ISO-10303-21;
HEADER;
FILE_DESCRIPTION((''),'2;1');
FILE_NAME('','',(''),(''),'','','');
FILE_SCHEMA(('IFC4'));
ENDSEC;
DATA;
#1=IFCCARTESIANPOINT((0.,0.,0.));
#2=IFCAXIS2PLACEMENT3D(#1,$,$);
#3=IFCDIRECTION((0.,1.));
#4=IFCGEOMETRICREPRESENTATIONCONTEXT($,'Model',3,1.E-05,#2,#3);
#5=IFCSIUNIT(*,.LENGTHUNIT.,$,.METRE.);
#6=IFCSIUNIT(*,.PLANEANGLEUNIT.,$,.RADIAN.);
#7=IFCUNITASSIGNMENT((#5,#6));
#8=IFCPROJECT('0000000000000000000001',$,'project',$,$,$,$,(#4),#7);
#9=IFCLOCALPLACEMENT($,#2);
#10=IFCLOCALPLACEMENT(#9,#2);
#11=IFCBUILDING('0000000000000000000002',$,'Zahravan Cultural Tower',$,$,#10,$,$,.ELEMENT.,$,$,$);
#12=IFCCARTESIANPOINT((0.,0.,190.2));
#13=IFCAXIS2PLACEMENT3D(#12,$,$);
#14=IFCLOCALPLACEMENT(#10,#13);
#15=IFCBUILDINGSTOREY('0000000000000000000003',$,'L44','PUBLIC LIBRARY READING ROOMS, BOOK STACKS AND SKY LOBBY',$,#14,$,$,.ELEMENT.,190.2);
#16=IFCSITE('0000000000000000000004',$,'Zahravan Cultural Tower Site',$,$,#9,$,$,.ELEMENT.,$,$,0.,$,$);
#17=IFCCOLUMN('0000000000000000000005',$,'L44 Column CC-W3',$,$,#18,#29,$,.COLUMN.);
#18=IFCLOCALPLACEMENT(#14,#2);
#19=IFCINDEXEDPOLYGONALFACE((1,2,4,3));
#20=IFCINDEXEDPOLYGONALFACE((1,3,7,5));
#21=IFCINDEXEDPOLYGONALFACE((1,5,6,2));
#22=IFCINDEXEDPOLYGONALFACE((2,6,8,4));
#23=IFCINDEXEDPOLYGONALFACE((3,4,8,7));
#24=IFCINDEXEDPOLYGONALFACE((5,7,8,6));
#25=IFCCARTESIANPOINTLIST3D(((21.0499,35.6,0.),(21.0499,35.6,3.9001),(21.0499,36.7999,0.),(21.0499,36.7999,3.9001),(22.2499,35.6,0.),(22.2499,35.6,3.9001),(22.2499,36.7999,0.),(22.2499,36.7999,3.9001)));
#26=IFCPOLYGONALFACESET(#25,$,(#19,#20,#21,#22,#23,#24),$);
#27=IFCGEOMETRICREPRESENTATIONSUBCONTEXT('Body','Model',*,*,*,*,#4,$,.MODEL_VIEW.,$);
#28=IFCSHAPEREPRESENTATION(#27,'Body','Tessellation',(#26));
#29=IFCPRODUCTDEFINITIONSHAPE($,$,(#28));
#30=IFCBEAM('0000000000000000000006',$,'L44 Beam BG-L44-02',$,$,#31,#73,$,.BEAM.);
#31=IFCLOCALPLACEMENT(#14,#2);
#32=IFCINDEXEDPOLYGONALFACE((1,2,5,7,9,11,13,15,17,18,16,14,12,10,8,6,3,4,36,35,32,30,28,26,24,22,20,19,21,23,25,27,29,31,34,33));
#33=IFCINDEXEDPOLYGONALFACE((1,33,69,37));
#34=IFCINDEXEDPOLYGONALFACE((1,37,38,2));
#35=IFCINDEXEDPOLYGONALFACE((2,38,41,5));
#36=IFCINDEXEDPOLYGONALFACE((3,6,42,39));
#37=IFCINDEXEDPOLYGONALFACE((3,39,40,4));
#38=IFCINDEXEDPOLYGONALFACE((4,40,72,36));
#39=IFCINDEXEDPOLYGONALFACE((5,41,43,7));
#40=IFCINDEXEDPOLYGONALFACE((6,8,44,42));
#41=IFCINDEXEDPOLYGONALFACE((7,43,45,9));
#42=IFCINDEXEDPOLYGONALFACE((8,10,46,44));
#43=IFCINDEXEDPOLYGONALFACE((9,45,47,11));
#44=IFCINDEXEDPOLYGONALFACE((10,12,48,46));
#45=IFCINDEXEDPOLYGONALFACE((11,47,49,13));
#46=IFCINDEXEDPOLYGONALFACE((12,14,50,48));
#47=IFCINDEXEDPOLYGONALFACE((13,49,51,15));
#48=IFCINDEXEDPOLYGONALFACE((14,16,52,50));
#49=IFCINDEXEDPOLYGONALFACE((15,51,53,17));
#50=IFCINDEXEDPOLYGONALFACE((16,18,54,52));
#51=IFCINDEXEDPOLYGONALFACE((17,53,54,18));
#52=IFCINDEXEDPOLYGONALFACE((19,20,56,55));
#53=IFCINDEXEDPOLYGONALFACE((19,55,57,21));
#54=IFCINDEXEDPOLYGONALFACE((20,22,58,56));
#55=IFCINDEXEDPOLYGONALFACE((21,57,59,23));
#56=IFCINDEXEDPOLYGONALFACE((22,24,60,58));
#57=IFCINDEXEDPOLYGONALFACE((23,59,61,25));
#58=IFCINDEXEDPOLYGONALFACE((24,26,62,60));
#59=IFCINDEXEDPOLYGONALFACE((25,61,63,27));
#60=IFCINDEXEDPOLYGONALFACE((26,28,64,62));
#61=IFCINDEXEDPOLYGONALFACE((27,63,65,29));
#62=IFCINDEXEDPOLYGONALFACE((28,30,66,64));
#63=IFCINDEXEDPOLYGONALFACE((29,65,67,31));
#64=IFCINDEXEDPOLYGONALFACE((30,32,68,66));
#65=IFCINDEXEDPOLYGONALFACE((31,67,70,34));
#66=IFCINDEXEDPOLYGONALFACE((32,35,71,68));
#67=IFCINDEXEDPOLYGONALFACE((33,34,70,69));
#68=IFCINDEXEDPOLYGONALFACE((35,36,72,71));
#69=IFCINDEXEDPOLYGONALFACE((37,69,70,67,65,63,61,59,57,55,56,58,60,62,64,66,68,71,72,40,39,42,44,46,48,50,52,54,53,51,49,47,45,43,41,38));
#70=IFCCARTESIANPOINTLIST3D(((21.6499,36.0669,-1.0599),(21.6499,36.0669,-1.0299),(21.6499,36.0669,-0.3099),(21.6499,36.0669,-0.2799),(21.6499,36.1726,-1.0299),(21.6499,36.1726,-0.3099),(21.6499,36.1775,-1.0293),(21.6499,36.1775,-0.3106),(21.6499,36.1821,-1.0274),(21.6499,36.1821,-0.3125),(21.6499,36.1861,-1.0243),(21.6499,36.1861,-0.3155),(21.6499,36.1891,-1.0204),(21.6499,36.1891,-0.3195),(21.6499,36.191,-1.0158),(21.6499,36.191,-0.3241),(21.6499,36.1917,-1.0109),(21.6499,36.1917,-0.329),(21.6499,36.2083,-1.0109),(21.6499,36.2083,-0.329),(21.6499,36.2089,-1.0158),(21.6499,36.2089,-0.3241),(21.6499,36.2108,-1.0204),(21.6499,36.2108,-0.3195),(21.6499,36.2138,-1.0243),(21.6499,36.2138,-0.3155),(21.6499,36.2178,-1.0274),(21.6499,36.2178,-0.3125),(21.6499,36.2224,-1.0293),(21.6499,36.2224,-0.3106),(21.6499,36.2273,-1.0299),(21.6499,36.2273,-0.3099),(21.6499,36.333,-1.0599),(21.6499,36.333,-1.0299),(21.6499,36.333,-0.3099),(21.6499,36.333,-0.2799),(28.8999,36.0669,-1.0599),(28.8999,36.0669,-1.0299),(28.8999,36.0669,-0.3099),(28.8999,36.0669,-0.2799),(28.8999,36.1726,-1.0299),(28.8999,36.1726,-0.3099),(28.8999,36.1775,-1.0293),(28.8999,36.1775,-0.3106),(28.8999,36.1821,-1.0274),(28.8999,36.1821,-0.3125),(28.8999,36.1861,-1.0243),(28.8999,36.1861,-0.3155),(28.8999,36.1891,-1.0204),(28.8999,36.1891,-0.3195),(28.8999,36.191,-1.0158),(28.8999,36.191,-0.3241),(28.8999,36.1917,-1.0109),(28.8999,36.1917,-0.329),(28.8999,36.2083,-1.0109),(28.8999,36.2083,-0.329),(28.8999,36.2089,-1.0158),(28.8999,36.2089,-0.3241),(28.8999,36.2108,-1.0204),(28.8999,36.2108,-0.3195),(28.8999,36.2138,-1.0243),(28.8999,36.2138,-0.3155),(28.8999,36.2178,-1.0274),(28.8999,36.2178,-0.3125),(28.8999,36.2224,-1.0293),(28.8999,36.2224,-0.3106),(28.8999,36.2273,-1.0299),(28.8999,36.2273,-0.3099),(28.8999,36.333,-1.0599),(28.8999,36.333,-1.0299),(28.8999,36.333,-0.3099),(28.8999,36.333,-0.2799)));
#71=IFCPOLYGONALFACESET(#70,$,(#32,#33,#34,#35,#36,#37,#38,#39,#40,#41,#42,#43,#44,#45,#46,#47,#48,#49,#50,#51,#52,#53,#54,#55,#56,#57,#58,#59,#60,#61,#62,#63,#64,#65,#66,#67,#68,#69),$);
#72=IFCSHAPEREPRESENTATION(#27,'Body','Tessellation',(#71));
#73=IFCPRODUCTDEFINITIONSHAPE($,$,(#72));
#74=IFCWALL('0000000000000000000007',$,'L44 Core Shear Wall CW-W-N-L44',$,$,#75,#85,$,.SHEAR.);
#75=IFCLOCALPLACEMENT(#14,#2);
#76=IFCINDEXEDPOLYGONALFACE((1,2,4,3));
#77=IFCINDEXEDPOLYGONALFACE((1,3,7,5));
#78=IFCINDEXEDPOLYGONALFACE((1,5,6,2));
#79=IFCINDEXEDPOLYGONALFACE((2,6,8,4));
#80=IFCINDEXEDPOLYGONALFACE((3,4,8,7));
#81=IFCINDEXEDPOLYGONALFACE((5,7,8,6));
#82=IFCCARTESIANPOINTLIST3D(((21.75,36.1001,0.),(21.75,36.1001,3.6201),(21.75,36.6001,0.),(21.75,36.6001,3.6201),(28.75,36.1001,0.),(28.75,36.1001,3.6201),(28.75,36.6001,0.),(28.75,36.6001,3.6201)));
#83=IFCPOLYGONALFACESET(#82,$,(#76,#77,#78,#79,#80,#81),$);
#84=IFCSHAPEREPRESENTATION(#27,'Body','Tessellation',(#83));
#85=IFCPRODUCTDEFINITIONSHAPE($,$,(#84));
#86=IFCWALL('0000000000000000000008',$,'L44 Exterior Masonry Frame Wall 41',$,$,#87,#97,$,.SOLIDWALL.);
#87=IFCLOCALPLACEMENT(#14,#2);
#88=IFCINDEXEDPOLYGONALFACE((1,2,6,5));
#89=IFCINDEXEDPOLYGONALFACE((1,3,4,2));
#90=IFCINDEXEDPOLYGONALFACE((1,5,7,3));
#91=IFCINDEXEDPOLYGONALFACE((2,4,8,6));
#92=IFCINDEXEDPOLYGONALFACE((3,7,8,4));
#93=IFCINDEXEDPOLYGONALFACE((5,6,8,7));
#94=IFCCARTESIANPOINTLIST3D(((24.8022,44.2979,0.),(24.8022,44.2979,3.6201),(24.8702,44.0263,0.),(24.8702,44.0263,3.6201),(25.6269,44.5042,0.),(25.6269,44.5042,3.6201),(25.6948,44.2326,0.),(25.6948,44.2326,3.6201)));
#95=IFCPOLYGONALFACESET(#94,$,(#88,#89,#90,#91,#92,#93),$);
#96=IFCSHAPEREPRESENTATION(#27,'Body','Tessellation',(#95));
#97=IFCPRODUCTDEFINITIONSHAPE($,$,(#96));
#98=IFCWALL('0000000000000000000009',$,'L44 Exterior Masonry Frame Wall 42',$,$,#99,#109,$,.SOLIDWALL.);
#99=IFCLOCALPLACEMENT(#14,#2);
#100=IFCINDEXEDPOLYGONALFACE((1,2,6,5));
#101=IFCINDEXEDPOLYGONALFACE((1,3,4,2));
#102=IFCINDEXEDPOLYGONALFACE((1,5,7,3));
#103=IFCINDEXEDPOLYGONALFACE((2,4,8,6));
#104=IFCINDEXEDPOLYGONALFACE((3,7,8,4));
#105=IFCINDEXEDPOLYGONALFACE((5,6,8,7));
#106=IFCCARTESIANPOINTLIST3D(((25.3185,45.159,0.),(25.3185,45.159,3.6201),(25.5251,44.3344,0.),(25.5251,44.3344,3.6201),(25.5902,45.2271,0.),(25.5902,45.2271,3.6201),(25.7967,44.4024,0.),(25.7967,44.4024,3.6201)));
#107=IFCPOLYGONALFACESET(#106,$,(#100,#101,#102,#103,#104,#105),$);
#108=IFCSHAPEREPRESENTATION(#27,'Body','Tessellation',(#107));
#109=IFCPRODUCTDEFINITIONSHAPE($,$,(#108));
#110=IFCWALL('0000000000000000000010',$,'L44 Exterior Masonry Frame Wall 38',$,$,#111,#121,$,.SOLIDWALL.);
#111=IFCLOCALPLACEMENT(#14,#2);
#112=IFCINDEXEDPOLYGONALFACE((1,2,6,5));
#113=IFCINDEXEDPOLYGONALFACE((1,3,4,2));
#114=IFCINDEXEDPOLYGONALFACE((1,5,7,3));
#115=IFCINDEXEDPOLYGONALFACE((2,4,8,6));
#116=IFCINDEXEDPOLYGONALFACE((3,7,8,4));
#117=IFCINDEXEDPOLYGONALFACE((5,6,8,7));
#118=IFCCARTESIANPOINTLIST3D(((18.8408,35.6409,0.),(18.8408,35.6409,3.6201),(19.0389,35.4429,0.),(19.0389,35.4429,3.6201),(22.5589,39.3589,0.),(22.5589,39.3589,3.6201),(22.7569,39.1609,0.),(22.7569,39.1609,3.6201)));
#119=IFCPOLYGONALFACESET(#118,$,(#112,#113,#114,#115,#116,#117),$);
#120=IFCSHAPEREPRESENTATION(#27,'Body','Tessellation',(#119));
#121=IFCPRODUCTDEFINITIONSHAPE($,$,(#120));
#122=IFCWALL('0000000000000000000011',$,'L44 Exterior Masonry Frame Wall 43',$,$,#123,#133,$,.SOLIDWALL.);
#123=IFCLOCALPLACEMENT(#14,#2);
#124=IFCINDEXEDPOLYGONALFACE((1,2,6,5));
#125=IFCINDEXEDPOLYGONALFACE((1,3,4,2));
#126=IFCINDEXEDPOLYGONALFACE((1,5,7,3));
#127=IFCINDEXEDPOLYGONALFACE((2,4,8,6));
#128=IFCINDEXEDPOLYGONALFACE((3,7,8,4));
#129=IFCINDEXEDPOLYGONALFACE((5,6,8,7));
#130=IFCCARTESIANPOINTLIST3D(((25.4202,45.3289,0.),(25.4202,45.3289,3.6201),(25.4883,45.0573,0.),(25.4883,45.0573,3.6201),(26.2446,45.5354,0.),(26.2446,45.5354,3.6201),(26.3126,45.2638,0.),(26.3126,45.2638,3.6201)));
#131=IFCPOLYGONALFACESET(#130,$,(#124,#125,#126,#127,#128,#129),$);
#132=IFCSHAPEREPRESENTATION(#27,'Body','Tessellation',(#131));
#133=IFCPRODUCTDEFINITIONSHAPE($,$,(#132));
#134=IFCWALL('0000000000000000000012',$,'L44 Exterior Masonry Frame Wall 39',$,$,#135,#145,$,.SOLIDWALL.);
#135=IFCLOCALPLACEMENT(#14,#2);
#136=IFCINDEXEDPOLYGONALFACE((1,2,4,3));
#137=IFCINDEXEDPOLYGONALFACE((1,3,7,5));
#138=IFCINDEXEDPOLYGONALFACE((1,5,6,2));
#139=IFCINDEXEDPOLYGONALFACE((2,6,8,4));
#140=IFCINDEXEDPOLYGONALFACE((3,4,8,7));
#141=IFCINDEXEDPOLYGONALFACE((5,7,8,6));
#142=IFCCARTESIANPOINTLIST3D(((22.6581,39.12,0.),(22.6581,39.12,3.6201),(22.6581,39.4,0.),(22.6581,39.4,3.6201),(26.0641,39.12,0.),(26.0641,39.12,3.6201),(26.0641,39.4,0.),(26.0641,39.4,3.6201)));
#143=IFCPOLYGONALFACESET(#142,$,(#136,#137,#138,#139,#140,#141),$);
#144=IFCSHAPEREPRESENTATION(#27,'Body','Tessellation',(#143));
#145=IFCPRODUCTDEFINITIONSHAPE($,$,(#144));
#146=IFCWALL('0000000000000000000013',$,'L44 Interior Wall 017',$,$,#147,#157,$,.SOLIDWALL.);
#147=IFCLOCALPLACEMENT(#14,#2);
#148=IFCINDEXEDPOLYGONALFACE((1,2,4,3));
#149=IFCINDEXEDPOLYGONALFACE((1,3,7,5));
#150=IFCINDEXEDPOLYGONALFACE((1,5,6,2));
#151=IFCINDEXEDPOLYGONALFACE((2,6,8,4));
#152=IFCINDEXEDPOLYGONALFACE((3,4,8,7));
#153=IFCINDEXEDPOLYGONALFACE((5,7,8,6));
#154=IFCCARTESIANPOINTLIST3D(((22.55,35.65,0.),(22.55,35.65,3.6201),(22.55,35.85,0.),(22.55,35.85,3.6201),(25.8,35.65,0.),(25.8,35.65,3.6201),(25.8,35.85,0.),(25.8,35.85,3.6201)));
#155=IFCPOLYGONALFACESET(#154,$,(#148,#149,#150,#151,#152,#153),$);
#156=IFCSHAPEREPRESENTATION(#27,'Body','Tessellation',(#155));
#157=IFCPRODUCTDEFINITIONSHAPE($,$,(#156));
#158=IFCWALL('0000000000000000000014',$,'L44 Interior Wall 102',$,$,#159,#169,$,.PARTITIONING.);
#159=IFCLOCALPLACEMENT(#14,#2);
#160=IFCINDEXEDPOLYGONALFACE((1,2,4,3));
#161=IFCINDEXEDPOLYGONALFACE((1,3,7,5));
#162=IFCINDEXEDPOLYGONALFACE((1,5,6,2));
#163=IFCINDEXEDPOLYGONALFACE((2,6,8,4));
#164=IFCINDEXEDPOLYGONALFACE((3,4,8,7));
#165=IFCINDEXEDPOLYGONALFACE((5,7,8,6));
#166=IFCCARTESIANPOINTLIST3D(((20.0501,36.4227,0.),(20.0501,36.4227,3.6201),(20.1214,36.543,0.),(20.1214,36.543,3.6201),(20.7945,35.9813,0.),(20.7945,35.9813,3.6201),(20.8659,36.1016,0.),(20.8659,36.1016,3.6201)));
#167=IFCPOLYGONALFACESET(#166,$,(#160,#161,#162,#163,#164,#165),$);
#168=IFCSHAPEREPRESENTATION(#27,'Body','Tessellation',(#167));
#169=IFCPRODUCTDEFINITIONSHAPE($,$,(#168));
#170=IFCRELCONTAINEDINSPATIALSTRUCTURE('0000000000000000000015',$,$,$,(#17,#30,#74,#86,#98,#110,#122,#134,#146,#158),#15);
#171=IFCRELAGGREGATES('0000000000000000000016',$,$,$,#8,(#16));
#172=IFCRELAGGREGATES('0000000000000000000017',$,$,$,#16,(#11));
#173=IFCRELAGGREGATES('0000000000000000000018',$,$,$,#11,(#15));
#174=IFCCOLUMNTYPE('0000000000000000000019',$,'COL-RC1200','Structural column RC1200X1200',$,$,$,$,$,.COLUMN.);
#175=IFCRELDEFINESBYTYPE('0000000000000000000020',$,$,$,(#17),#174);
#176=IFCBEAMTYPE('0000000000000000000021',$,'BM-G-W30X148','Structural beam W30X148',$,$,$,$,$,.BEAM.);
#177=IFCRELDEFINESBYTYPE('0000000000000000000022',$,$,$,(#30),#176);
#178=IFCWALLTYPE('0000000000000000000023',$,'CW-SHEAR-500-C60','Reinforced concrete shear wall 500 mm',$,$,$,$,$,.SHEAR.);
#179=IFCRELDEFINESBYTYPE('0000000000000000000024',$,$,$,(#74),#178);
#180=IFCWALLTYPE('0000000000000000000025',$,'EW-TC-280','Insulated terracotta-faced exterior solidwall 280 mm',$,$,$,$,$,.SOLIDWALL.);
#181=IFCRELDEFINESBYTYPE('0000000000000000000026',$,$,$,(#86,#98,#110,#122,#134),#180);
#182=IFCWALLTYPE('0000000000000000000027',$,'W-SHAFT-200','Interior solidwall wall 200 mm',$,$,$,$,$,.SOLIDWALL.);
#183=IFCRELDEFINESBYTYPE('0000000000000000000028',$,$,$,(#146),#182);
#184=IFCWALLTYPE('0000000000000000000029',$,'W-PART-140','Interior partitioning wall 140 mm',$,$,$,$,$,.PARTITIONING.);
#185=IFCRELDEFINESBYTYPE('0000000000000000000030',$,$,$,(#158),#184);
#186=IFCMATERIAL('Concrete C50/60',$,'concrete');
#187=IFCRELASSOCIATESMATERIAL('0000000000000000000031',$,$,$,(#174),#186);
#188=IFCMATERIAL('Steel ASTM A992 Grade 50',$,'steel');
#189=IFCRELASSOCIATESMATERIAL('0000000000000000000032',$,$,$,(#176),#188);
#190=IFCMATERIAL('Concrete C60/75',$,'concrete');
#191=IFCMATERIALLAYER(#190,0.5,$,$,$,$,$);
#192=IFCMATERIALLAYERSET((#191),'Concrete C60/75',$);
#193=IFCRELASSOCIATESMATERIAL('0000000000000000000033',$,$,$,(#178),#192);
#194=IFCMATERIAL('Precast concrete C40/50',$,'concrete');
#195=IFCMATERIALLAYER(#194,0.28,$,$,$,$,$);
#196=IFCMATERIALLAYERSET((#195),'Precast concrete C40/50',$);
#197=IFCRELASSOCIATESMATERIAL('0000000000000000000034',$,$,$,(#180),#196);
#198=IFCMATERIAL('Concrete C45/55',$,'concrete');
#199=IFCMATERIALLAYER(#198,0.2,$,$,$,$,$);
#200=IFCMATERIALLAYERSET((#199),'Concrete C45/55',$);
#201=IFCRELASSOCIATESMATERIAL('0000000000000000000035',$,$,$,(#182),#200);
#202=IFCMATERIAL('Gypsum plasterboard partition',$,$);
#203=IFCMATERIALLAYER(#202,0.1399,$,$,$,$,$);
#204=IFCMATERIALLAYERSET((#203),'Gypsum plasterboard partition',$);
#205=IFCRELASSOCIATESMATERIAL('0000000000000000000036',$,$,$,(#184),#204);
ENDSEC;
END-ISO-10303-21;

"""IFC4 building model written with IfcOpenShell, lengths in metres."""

from ifc_helpers import new_model, si_unit, direction, frame, frame_2d, origin, origin_2d, place, context, subcontext, project, spatial, rectangle, i_section, extrude, source, transform, mapped, material, layer, layer_set, material_profile, profile_set, type_object, element, save


model = new_model("IFC4")

# Units and contexts
model_context = context("Model", 3, precision=1e-05, world=origin(), true_north=direction((0.0, 1.0)))
body_context = subcontext(model_context, "Body", "Model", "MODEL_VIEW")
ifc_project = project(units=[si_unit("LENGTHUNIT", "METRE"), si_unit("PLANEANGLEUNIT", "RADIAN")], contexts=[model_context])

# Site, building, storey
site_placement = place(None, origin())
site = spatial("IfcSite", under=ifc_project, at=site_placement, Name="Zahravan Cultural Tower Site", CompositionType="ELEMENT", RefElevation=0.0)
building_placement = place(site_placement, origin())
building = spatial("IfcBuilding", under=site, at=building_placement, Name="Zahravan Cultural Tower", CompositionType="ELEMENT")
storey_placement = place(building_placement, frame((0.0, 0.0, 190.2)))
storey = spatial("IfcBuildingStorey", under=building, at=storey_placement, Name="L44", Description="PUBLIC LIBRARY READING ROOMS, BOOK STACKS AND SKY LOBBY", CompositionType="ELEMENT", Elevation=190.2)

# Column
ifc_material_1 = material(Name="Concrete C50/60", Category="concrete")
ifc_material_profile_1 = material_profile(ifc_material_1, rectangle(XDim=1.2, YDim=1.2, at=origin_2d()), Name="RC1200X1200")
ifc_profile_set_1 = profile_set([ifc_material_profile_1], Name="Concrete C50/60")
column_type = type_object("IfcColumnType", Name="COL-RC1200", Description="Structural column RC1200X1200", PredefinedType="COLUMN", material=ifc_profile_set_1)
shared_shape_1 = source(origin(), body_context, "Body", "SweptSolid", [
    extrude(rectangle(XDim=1.2, YDim=1.2, at=origin_2d()), origin(), (0.0, 0.0, 1.0), 3.9001),
])
column_placement = place(storey_placement, frame((21.6499, 36.2, 0.0), z_axis=(0.0, 0.0, 1.0), x_axis=(1.0, 0.0, 0.0)))
element("IfcColumn", 1, at=column_placement, inside=storey, type_object=column_type, Name="L44 Column CC-W3", PredefinedType="COLUMN", context=body_context, shape_type="MappedRepresentation", body=[
    mapped(shared_shape_1, transform((0.0, 0.0, 0.0), x_axis=(1.0, 0.0, 0.0), y_axis=(0.0, 1.0, 0.0), z_axis=(0.0, 0.0, 1.0), scale=1.0)),
])

# Beam
ifc_material_2 = material(Name="Steel ASTM A992 Grade 50", Category="steel")
ifc_material_profile_2 = material_profile(ifc_material_2, i_section(OverallWidth=0.2661, OverallDepth=0.78, WebThickness=0.0166, FlangeThickness=0.03, FilletRadius=0.019, at=origin_2d()), Name="W30X148")
ifc_profile_set_2 = profile_set([ifc_material_profile_2], Name="Steel ASTM A992 Grade 50")
beam_type = type_object("IfcBeamType", Name="BM-G-W30X148", Description="Structural beam W30X148", PredefinedType="BEAM", material=ifc_profile_set_2)
shared_shape_2 = source(origin(), body_context, "Body", "SweptSolid", [
    extrude(i_section(OverallWidth=0.2661, OverallDepth=0.78, WebThickness=0.0166, FlangeThickness=0.03, FilletRadius=0.019, at=origin_2d()), origin(), (0.0, 0.0, 1.0), 7.25),
])
beam_placement = place(storey_placement, frame((21.6499, 36.2, -0.6699), z_axis=(1.0, 0.0, 0.0), x_axis=(0.0, 1.0, 0.0)))
element("IfcBeam", 2, at=beam_placement, inside=storey, type_object=beam_type, Name="L44 Beam BG-L44-02", PredefinedType="BEAM", context=body_context, shape_type="MappedRepresentation", body=[
    mapped(shared_shape_2, transform((0.0, 0.0, 0.0), x_axis=(1.0, 0.0, 0.0), y_axis=(0.0, 1.0, 0.0), z_axis=(0.0, 0.0, 1.0), scale=1.0)),
])

# Walls
ifc_material_3 = material(Name="Concrete C60/75", Category="concrete")
ifc_layer_1 = layer(ifc_material_3, 0.5)
ifc_layer_set_1 = layer_set([ifc_layer_1], Name="Concrete C60/75")
wall_type_1 = type_object("IfcWallType", Name="CW-SHEAR-500-C60", Description="Reinforced concrete shear wall 500 mm", PredefinedType="SHEAR", material=ifc_layer_set_1)
shared_shape_3 = source(origin(), body_context, "Body", "SweptSolid", [
    extrude(rectangle(XDim=7.0, YDim=0.5, at=frame_2d((3.5, 0.0))), origin(), (0.0, 0.0, 1.0), 3.6201),
])
wall_1_placement = place(storey_placement, frame((21.75, 36.3501, 0.0), z_axis=(0.0, 0.0, 1.0), x_axis=(1.0, 0.0, 0.0)))
element("IfcWall", 3, at=wall_1_placement, inside=storey, type_object=wall_type_1, Name="L44 Core Shear Wall CW-W-N-L44", PredefinedType="SHEAR", context=body_context, shape_type="MappedRepresentation", body=[
    mapped(shared_shape_3, transform((0.0, 0.0, 0.0), x_axis=(1.0, 0.0, 0.0), y_axis=(0.0, 1.0, 0.0), z_axis=(0.0, 0.0, 1.0), scale=1.0)),
])
ifc_material_4 = material(Name="Precast concrete C40/50", Category="concrete")
ifc_layer_2 = layer(ifc_material_4, 0.28)
ifc_layer_set_2 = layer_set([ifc_layer_2], Name="Precast concrete C40/50")
wall_type_2 = type_object("IfcWallType", Name="EW-TC-280", Description="Insulated terracotta-faced exterior solidwall 280 mm", PredefinedType="SOLIDWALL", material=ifc_layer_set_2)
shared_shape_4 = source(origin(), body_context, "Body", "SweptSolid", [
    extrude(rectangle(XDim=0.8501, YDim=0.28, at=frame_2d((0.425, 0.0))), origin(), (0.0, 0.0, 1.0), 3.6201),
])
for number, where, z_axis, x_axis, name in (
    (4, (24.8362, 44.1621, 0.0), (0.0, 0.0, 1.0), (0.970109, 0.242671, 0.0), "L44 Exterior Masonry Frame Wall 41"),
    (5, (25.6609, 44.3684, 0.0), (0.0, 0.0, 1.0), (-0.242941, 0.970041, 0.0), "L44 Exterior Masonry Frame Wall 42"),
):
    element("IfcWall", number, at=place(storey_placement, frame(where, z_axis=z_axis, x_axis=x_axis)), inside=storey, type_object=wall_type_2, Name=name, PredefinedType="SOLIDWALL", context=body_context, shape_type="MappedRepresentation", body=[
        mapped(shared_shape_4, transform((0.0, 0.0, 0.0), x_axis=(1.0, 0.0, 0.0), y_axis=(0.0, 1.0, 0.0), z_axis=(0.0, 0.0, 1.0), scale=1.0)),
    ])
shared_shape_5 = source(origin(), body_context, "Body", "SweptSolid", [
    extrude(rectangle(XDim=5.2581, YDim=0.28, at=frame_2d((2.6289, 0.0))), origin(), (0.0, 0.0, 1.0), 3.6201),
])
wall_2_placement = place(storey_placement, frame((18.9399, 35.542, 0.0), z_axis=(0.0, 0.0, 1.0), x_axis=(0.707107, 0.707107, 0.0)))
element("IfcWall", 6, at=wall_2_placement, inside=storey, type_object=wall_type_2, Name="L44 Exterior Masonry Frame Wall 38", PredefinedType="SOLIDWALL", context=body_context, shape_type="MappedRepresentation", body=[
    mapped(shared_shape_5, transform((0.0, 0.0, 0.0), x_axis=(1.0, 0.0, 0.0), y_axis=(0.0, 1.0, 0.0), z_axis=(0.0, 0.0, 1.0), scale=1.0)),
])
shared_shape_6 = source(origin(), body_context, "Body", "SweptSolid", [
    extrude(rectangle(XDim=0.8499, YDim=0.28, at=frame_2d((0.4248, 0.0))), origin(), (0.0, 0.0, 1.0), 3.6201),
])
wall_3_placement = place(storey_placement, frame((25.4543, 45.1931, 0.0), z_axis=(0.0, 0.0, 1.0), x_axis=(0.970024, 0.243009, 0.0)))
element("IfcWall", 7, at=wall_3_placement, inside=storey, type_object=wall_type_2, Name="L44 Exterior Masonry Frame Wall 43", PredefinedType="SOLIDWALL", context=body_context, shape_type="MappedRepresentation", body=[
    mapped(shared_shape_6, transform((0.0, 0.0, 0.0), x_axis=(1.0, 0.0, 0.0), y_axis=(0.0, 1.0, 0.0), z_axis=(0.0, 0.0, 1.0), scale=1.0)),
])
shared_shape_7 = source(origin(), body_context, "Body", "SweptSolid", [
    extrude(rectangle(XDim=3.406, YDim=0.28, at=frame_2d((1.7031, 0.0))), origin(), (0.0, 0.0, 1.0), 3.6201),
])
wall_4_placement = place(storey_placement, frame((22.658, 39.26, 0.0), z_axis=(0.0, 0.0, 1.0), x_axis=(1.0, 0.0, 0.0)))
element("IfcWall", 8, at=wall_4_placement, inside=storey, type_object=wall_type_2, Name="L44 Exterior Masonry Frame Wall 39", PredefinedType="SOLIDWALL", context=body_context, shape_type="MappedRepresentation", body=[
    mapped(shared_shape_7, transform((0.0, 0.0, 0.0), x_axis=(1.0, 0.0, 0.0), y_axis=(0.0, 1.0, 0.0), z_axis=(0.0, 0.0, 1.0), scale=1.0)),
])
ifc_material_5 = material(Name="Concrete C45/55", Category="concrete")
ifc_layer_3 = layer(ifc_material_5, 0.2)
ifc_layer_set_3 = layer_set([ifc_layer_3], Name="Concrete C45/55")
wall_type_3 = type_object("IfcWallType", Name="W-SHAFT-200", Description="Interior solidwall wall 200 mm", PredefinedType="SOLIDWALL", material=ifc_layer_set_3)
shared_shape_8 = source(origin(), body_context, "Body", "SweptSolid", [
    extrude(rectangle(XDim=3.25, YDim=0.2, at=frame_2d((1.625, 0.0))), origin(), (0.0, 0.0, 1.0), 3.6201),
])
wall_5_placement = place(storey_placement, frame((22.55, 35.75, 0.0), z_axis=(0.0, 0.0, 1.0), x_axis=(1.0, 0.0, 0.0)))
element("IfcWall", 9, at=wall_5_placement, inside=storey, type_object=wall_type_3, Name="L44 Interior Wall 017", PredefinedType="SOLIDWALL", context=body_context, shape_type="MappedRepresentation", body=[
    mapped(shared_shape_8, transform((0.0, 0.0, 0.0), x_axis=(1.0, 0.0, 0.0), y_axis=(0.0, 1.0, 0.0), z_axis=(0.0, 0.0, 1.0), scale=1.0)),
])
ifc_material_6 = material(Name="Gypsum plasterboard partition")
ifc_layer_4 = layer(ifc_material_6, 0.1399)
ifc_layer_set_4 = layer_set([ifc_layer_4], Name="Gypsum plasterboard partition")
wall_type_4 = type_object("IfcWallType", Name="W-PART-140", Description="Interior partitioning wall 140 mm", PredefinedType="PARTITIONING", material=ifc_layer_set_4)
shared_shape_9 = source(origin(), body_context, "Body", "SweptSolid", [
    extrude(rectangle(XDim=0.8655, YDim=0.1399, at=frame_2d((0.4326, 0.0))), origin(), (0.0, 0.0, 1.0), 3.6201),
])
wall_6_placement = place(storey_placement, frame((20.8301, 36.0415, 0.0), z_axis=(0.0, 0.0, 1.0), x_axis=(-0.860145, 0.51005, 0.0)))
element("IfcWall", 10, at=wall_6_placement, inside=storey, type_object=wall_type_4, Name="L44 Interior Wall 102", PredefinedType="PARTITIONING", context=body_context, shape_type="MappedRepresentation", body=[
    mapped(shared_shape_9, transform((0.0, 0.0, 0.0), x_axis=(1.0, 0.0, 0.0), y_axis=(0.0, 1.0, 0.0), z_axis=(0.0, 0.0, 1.0), scale=1.0)),
])

save(model, "model.ifc")
